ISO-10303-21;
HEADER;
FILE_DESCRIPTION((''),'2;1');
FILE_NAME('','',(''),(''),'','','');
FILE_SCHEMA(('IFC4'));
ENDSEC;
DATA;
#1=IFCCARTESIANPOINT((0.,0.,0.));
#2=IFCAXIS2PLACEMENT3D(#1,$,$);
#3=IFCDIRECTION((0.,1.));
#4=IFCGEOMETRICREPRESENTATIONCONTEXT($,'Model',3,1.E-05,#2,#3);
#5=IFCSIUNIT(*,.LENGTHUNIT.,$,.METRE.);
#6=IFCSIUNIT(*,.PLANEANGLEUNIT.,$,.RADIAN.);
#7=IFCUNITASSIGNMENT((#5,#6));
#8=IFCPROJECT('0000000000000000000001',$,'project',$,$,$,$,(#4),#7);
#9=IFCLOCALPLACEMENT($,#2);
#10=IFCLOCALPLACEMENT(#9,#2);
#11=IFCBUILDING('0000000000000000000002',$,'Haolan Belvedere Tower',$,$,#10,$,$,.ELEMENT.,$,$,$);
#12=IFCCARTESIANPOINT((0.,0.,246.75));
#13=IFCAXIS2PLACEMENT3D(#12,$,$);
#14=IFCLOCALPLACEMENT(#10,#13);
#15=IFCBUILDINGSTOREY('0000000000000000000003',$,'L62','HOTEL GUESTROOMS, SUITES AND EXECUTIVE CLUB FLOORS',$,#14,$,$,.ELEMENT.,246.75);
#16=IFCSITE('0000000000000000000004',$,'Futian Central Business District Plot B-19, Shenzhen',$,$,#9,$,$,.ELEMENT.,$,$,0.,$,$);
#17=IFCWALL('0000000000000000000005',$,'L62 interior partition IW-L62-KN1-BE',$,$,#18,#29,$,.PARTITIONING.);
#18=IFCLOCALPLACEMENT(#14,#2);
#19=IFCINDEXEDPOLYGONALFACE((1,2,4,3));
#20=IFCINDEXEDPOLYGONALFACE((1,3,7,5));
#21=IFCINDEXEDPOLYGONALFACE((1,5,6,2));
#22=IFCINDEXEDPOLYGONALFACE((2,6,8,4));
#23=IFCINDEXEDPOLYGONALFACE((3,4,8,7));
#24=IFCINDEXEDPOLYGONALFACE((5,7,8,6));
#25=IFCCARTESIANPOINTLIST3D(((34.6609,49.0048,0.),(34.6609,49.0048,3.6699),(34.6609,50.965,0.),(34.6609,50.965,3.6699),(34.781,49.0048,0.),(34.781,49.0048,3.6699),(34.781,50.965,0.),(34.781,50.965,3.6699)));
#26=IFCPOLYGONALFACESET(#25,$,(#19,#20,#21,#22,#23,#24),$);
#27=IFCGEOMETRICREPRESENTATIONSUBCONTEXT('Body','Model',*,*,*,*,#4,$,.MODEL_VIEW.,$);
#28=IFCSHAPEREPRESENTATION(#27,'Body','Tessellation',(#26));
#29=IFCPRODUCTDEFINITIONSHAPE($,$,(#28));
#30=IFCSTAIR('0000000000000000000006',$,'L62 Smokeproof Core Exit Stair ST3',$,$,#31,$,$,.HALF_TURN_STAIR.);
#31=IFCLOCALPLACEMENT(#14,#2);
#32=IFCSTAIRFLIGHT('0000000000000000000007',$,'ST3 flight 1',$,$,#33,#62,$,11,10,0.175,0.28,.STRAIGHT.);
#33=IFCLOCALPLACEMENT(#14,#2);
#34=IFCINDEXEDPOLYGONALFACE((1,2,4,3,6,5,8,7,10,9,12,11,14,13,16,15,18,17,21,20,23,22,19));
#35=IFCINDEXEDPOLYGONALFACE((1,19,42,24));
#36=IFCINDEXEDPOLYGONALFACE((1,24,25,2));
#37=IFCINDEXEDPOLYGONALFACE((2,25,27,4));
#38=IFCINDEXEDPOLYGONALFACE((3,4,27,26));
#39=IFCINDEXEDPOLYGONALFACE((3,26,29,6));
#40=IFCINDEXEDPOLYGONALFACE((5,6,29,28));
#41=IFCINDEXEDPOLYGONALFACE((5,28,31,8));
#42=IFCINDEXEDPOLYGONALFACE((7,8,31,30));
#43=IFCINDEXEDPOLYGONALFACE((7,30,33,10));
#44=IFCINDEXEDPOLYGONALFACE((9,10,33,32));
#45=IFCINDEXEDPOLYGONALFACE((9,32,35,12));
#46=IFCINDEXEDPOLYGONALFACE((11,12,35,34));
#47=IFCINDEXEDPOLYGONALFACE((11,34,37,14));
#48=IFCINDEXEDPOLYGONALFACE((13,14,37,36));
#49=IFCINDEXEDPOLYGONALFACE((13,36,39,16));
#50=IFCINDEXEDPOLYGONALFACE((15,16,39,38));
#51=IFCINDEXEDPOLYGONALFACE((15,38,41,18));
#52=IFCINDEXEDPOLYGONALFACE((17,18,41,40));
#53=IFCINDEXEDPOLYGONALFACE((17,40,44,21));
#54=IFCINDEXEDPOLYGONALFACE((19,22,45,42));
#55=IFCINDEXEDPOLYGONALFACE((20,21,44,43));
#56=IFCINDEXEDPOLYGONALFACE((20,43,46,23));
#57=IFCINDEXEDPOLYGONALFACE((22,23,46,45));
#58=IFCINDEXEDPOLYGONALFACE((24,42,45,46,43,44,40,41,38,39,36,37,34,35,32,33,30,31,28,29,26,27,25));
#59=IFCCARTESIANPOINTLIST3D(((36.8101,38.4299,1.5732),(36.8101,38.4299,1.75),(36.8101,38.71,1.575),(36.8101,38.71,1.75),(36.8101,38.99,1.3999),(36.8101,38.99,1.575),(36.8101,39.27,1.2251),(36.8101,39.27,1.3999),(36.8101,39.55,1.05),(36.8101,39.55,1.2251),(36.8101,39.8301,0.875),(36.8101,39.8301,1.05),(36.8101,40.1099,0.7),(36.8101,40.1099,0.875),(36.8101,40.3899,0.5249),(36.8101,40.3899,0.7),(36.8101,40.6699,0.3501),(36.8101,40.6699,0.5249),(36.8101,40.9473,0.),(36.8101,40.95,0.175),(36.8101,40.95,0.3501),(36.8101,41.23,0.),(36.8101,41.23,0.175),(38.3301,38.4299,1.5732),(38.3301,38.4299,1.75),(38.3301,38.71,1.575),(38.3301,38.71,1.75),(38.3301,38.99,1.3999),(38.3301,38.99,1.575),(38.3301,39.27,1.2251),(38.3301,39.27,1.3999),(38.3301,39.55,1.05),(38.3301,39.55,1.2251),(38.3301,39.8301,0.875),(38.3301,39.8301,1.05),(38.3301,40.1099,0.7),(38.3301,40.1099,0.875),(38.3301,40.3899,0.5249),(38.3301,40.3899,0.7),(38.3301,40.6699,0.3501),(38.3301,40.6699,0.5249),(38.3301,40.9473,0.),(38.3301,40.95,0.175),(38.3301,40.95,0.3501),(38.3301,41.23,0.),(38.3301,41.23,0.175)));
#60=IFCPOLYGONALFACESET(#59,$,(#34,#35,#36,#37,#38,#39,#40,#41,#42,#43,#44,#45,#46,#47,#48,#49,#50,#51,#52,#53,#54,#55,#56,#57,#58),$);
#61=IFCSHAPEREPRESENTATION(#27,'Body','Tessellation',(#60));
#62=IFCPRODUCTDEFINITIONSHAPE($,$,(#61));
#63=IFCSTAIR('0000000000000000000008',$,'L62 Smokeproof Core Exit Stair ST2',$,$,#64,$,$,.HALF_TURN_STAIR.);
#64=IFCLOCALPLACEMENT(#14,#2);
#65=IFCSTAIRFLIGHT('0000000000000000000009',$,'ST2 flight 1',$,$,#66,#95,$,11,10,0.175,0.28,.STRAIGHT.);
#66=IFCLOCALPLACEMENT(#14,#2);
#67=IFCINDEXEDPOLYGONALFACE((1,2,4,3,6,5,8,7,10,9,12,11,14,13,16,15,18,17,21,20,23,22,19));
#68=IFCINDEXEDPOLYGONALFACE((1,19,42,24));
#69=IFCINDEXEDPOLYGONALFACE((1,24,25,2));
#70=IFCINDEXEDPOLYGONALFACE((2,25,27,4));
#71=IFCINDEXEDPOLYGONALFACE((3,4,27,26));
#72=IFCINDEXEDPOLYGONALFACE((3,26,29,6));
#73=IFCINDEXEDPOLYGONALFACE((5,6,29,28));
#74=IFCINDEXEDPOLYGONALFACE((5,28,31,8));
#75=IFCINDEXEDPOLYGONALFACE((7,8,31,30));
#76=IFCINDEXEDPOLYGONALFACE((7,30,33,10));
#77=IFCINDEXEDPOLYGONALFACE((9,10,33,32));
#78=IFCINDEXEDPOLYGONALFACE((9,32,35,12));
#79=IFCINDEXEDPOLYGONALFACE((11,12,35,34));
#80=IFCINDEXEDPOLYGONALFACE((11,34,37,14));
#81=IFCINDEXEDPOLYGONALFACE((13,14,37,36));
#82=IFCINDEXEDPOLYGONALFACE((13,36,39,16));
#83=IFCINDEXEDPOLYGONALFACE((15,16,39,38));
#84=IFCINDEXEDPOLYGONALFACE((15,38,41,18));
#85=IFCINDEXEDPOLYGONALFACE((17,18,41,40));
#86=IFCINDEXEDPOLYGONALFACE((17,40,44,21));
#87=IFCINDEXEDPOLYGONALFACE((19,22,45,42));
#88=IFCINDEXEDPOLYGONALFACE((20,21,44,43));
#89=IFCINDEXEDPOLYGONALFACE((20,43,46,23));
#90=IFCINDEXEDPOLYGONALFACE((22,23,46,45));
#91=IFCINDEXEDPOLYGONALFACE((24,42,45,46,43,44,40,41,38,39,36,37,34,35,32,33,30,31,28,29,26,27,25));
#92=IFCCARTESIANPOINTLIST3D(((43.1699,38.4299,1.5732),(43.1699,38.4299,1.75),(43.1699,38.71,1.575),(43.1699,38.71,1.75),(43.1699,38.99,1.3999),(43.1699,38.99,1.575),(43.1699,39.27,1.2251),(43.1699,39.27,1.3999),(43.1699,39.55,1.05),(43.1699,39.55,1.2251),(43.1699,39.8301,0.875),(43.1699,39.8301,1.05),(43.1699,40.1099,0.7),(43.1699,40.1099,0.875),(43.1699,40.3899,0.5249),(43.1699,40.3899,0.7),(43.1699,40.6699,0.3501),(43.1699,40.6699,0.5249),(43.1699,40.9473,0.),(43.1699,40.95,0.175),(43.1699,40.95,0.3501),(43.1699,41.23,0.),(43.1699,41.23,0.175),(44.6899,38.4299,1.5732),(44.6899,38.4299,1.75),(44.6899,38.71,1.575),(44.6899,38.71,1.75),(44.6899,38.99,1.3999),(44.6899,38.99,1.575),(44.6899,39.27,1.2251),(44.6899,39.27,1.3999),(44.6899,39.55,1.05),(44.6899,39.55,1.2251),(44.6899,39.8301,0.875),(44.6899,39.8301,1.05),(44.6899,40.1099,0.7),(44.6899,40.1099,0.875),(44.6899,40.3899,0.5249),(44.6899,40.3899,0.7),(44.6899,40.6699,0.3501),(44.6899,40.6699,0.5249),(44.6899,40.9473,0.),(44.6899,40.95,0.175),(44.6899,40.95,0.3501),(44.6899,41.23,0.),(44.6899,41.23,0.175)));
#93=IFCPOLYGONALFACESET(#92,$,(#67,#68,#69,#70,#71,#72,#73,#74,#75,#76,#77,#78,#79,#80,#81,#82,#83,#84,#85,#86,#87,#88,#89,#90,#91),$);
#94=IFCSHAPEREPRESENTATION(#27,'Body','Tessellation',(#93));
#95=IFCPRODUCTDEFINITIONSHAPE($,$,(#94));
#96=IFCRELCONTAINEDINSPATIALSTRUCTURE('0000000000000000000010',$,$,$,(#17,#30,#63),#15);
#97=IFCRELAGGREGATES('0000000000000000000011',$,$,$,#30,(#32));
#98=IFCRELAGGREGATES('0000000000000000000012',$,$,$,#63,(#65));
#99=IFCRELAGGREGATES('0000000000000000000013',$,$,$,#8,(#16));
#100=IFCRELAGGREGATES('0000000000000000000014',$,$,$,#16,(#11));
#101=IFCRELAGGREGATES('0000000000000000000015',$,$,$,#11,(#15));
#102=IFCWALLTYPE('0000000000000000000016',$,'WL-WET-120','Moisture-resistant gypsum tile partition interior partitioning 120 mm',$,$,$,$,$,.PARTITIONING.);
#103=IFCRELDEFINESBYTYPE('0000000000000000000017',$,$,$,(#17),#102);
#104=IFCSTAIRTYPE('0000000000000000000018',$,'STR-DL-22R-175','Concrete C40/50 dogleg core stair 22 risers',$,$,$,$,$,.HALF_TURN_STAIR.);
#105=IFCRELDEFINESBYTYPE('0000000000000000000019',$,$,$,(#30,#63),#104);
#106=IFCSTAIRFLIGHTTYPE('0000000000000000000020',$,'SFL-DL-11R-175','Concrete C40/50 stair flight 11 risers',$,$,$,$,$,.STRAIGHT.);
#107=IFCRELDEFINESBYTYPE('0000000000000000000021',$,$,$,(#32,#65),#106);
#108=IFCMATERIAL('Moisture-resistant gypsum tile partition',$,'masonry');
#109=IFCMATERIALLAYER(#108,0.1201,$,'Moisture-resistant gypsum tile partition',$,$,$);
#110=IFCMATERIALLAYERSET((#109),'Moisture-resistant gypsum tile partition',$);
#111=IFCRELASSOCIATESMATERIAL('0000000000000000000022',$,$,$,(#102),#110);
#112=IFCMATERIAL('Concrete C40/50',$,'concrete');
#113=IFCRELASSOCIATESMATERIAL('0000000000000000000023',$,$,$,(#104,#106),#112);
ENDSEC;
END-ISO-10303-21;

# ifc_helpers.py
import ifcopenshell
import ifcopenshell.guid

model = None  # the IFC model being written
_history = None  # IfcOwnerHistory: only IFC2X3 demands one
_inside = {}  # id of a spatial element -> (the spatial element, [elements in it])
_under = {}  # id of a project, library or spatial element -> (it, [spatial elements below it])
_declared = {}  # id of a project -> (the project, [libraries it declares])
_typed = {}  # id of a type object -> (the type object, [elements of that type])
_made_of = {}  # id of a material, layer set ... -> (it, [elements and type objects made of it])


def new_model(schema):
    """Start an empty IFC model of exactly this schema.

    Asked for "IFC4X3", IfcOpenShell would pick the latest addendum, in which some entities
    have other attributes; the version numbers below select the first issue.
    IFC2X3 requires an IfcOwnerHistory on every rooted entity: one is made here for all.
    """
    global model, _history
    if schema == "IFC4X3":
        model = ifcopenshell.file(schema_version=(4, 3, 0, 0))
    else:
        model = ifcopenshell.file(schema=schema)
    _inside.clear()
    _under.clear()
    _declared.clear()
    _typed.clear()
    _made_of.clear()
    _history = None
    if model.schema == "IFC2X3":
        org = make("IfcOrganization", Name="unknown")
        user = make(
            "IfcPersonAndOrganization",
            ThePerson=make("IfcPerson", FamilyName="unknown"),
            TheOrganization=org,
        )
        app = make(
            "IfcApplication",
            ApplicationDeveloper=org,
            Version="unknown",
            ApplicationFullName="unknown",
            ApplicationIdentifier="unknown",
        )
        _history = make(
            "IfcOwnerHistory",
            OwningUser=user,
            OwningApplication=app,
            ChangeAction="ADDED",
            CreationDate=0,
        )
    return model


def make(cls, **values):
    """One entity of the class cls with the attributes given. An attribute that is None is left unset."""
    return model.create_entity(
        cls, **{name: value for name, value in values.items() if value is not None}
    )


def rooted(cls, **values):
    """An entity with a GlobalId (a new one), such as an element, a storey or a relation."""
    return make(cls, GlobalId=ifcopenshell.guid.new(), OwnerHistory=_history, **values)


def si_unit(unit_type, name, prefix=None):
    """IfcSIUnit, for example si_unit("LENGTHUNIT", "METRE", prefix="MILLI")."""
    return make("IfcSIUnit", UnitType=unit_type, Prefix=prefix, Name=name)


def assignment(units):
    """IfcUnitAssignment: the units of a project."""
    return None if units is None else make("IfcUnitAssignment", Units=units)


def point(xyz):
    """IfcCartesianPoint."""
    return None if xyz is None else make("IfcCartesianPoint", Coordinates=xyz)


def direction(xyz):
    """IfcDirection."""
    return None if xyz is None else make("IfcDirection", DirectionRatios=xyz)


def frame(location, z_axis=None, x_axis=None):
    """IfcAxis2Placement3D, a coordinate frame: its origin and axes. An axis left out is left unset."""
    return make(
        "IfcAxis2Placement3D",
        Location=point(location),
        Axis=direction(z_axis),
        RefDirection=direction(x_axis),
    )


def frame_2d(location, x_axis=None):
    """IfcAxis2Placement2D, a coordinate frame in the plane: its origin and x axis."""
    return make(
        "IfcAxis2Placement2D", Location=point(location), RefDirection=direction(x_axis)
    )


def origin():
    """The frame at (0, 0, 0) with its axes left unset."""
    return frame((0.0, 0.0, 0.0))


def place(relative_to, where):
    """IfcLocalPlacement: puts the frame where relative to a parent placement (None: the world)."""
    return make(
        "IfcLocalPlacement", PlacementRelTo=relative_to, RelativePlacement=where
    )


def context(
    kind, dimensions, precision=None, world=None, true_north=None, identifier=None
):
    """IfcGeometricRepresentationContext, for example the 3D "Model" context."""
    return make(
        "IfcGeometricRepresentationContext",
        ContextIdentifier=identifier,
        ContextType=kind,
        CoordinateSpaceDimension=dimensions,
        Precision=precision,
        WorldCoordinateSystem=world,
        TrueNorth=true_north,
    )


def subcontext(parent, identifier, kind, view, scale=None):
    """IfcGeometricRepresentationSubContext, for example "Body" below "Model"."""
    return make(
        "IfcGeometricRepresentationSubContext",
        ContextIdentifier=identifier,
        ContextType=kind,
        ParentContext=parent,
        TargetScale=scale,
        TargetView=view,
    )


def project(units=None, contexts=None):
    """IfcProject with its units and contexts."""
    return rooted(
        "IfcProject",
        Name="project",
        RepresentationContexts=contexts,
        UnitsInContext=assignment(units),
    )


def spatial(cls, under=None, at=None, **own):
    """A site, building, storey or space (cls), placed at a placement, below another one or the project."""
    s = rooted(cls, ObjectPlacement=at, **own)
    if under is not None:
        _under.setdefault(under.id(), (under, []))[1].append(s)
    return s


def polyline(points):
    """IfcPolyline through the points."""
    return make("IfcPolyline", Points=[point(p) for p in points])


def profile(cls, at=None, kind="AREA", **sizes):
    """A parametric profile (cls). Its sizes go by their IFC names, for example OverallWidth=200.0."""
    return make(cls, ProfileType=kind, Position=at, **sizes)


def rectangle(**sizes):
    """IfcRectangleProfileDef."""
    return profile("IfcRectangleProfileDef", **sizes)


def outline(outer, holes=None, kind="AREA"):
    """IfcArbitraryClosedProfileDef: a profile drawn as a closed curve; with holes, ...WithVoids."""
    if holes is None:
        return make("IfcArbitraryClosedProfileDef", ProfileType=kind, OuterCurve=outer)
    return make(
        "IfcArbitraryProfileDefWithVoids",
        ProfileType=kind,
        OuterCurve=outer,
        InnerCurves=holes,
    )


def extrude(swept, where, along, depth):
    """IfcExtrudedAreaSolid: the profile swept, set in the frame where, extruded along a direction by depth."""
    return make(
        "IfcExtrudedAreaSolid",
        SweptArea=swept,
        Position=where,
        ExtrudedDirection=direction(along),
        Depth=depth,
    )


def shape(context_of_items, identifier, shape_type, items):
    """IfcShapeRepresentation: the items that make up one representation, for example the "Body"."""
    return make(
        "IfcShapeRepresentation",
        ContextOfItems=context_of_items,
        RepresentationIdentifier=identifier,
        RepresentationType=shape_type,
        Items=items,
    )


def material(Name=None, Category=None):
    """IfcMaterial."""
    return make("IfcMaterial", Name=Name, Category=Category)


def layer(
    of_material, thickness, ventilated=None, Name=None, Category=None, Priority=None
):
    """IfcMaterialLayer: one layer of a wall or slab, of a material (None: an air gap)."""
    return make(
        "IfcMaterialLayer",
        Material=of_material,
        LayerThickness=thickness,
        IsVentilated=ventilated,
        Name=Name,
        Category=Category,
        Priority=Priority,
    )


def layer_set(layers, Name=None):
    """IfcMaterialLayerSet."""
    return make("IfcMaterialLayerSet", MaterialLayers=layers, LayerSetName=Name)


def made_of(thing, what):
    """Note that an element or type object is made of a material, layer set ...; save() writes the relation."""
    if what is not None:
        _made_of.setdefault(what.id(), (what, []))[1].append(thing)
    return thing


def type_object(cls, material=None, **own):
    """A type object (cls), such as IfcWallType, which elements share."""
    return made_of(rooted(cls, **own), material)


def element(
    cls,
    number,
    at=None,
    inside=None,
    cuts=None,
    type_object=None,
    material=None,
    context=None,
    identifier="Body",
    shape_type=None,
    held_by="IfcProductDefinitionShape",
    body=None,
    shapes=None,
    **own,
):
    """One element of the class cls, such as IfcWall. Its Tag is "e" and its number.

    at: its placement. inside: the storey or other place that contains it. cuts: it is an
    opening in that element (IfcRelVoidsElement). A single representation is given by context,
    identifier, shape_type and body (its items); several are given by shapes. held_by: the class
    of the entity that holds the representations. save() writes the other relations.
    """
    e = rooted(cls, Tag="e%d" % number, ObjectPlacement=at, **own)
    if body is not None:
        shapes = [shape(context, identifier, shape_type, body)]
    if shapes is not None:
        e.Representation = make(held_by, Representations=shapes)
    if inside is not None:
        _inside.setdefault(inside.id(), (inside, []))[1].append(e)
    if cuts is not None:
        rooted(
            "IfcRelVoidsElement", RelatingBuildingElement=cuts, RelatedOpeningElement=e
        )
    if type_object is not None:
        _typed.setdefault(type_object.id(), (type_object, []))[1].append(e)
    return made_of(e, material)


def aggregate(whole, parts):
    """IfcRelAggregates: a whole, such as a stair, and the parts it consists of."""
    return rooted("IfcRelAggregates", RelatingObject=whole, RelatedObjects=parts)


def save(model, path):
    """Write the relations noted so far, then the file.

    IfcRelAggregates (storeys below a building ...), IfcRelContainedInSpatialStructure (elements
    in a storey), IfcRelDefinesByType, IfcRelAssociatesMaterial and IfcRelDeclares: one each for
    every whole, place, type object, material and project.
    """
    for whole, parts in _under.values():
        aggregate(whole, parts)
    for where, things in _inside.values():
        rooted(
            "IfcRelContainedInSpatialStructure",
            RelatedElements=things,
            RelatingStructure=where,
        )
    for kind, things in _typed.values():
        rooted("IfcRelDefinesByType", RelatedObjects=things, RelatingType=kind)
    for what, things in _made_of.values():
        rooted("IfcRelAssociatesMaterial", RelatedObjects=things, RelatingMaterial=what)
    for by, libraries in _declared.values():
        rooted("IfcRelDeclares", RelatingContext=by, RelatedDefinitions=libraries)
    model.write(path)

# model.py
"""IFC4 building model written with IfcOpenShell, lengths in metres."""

from ifc_helpers import new_model, si_unit, direction, frame, frame_2d, origin, place, context, subcontext, project, spatial, polyline, rectangle, outline, extrude, material, layer, layer_set, type_object, element, aggregate, save


model = new_model("IFC4")

# Units and contexts
model_context = context("Model", 3, precision=1e-05, world=origin(), true_north=direction((0.0, 1.0)))
body_context = subcontext(model_context, "Body", "Model", "MODEL_VIEW")
ifc_project = project(units=[si_unit("LENGTHUNIT", "METRE"), si_unit("PLANEANGLEUNIT", "RADIAN")], contexts=[model_context])

# Site, building, storey
site_placement = place(None, origin())
site = spatial("IfcSite", under=ifc_project, at=site_placement, Name="Futian Central Business District Plot B-19, Shenzhen", CompositionType="ELEMENT", RefElevation=0.0)
building_placement = place(site_placement, origin())
building = spatial("IfcBuilding", under=site, at=building_placement, Name="Haolan Belvedere Tower", CompositionType="ELEMENT")
storey_placement = place(building_placement, frame((0.0, 0.0, 246.75)))
storey = spatial("IfcBuildingStorey", under=building, at=storey_placement, Name="L62", Description="HOTEL GUESTROOMS, SUITES AND EXECUTIVE CLUB FLOORS", CompositionType="ELEMENT", Elevation=246.75)

# Wall
ifc_material_1 = material(Name="Moisture-resistant gypsum tile partition", Category="masonry")
ifc_layer_1 = layer(ifc_material_1, 0.1201, Name="Moisture-resistant gypsum tile partition")
ifc_layer_set_1 = layer_set([ifc_layer_1], Name="Moisture-resistant gypsum tile partition")
wall_type_1 = type_object("IfcWallType", Name="WL-WET-120", Description="Moisture-resistant gypsum tile partition interior partitioning 120 mm", PredefinedType="PARTITIONING", material=ifc_layer_set_1)
wall_1_placement = place(storey_placement, frame((34.7209, 49.0049, 0.0), z_axis=(0.0, 0.0, 1.0), x_axis=(0.0, 1.0, 0.0)))
element("IfcWall", 1, at=wall_1_placement, inside=storey, type_object=wall_type_1, Name="L62 interior partition IW-L62-KN1-BE", PredefinedType="PARTITIONING", context=body_context, shape_type="SweptSolid", body=[
    extrude(rectangle(XDim=1.9602, YDim=0.1201, at=frame_2d((0.98, 0.0))), origin(), (0.0, 0.0, 1.0), 3.6699),
])

# Stairs, stair flights
ifc_material_2 = material(Name="Concrete C40/50", Category="concrete")
stair_type = type_object("IfcStairType", Name="STR-DL-22R-175", Description="Concrete C40/50 dogleg core stair 22 risers", PredefinedType="HALF_TURN_STAIR", material=ifc_material_2)
stair_1_placement = place(storey_placement, origin())
stair_1 = element("IfcStair", 2, at=stair_1_placement, inside=storey, type_object=stair_type, Name="L62 Smokeproof Core Exit Stair ST3", PredefinedType="HALF_TURN_STAIR")
stair_flight_type = type_object("IfcStairFlightType", Name="SFL-DL-11R-175", Description="Concrete C40/50 stair flight 11 risers", PredefinedType="STRAIGHT", material=ifc_material_2)
stair_flight_1_placement = place(storey_placement, frame((37.5701, 41.23, 0.0), z_axis=(0.0, 0.0, 1.0), x_axis=(0.0, -1.0, 0.0)))
stair_flight_1 = element("IfcStairFlight", 3, at=stair_flight_1_placement, type_object=stair_flight_type, Name="ST3 flight 1", NumberOfRisers=11, NumberOfTreads=10, PredefinedType="STRAIGHT", RiserHeight=0.175, TreadLength=0.28, context=body_context, shape_type="SweptSolid", body=[
    extrude(outline(polyline([(0.0, 0.0), (0.0, 0.175), (0.28, 0.175), (0.28, 0.3501), (0.5601, 0.3501), (0.5601, 0.5249), (0.8401, 0.5249), (0.8401, 0.7), (1.1201, 0.7), (1.1201, 0.875), (1.3999, 0.875), (1.3999, 1.05), (1.6799, 1.05), (1.6799, 1.2251), (1.96, 1.2251), (1.96, 1.3999), (2.24, 1.3999), (2.24, 1.575), (2.52, 1.575), (2.52, 1.75), (2.8, 1.75), (2.8, 1.925), (2.8, 1.5732), (0.2827, 0.0), (0.0, 0.0)])), frame((0.0, 0.76, 0.0), z_axis=(0.0, -1.0, 0.0), x_axis=(1.0, 0.0, 0.0)), (0.0, 0.0, 1.0), 1.52),
])
aggregate(stair_1, [stair_flight_1])
stair_2_placement = place(storey_placement, origin())
stair_2 = element("IfcStair", 4, at=stair_2_placement, inside=storey, type_object=stair_type, Name="L62 Smokeproof Core Exit Stair ST2", PredefinedType="HALF_TURN_STAIR")
stair_flight_2_placement = place(storey_placement, frame((43.9299, 41.23, 0.0), z_axis=(0.0, 0.0, 1.0), x_axis=(0.0, -1.0, 0.0)))
stair_flight_2 = element("IfcStairFlight", 5, at=stair_flight_2_placement, type_object=stair_flight_type, Name="ST2 flight 1", NumberOfRisers=11, NumberOfTreads=10, PredefinedType="STRAIGHT", RiserHeight=0.175, TreadLength=0.28, context=body_context, shape_type="SweptSolid", body=[
    extrude(outline(polyline([(0.0, 0.0), (0.0, 0.175), (0.28, 0.175), (0.28, 0.3501), (0.5601, 0.3501), (0.5601, 0.5249), (0.8401, 0.5249), (0.8401, 0.7), (1.1201, 0.7), (1.1201, 0.875), (1.3999, 0.875), (1.3999, 1.05), (1.6799, 1.05), (1.6799, 1.2251), (1.96, 1.2251), (1.96, 1.3999), (2.24, 1.3999), (2.24, 1.575), (2.52, 1.575), (2.52, 1.75), (2.8, 1.75), (2.8, 1.925), (2.8, 1.5732), (0.2827, 0.0), (0.0, 0.0)])), frame((0.0, 0.76, 0.0), z_axis=(0.0, -1.0, 0.0), x_axis=(1.0, 0.0, 0.0)), (0.0, 0.0, 1.0), 1.52),
])
aggregate(stair_2, [stair_flight_2])

save(model, "model.ifc")
